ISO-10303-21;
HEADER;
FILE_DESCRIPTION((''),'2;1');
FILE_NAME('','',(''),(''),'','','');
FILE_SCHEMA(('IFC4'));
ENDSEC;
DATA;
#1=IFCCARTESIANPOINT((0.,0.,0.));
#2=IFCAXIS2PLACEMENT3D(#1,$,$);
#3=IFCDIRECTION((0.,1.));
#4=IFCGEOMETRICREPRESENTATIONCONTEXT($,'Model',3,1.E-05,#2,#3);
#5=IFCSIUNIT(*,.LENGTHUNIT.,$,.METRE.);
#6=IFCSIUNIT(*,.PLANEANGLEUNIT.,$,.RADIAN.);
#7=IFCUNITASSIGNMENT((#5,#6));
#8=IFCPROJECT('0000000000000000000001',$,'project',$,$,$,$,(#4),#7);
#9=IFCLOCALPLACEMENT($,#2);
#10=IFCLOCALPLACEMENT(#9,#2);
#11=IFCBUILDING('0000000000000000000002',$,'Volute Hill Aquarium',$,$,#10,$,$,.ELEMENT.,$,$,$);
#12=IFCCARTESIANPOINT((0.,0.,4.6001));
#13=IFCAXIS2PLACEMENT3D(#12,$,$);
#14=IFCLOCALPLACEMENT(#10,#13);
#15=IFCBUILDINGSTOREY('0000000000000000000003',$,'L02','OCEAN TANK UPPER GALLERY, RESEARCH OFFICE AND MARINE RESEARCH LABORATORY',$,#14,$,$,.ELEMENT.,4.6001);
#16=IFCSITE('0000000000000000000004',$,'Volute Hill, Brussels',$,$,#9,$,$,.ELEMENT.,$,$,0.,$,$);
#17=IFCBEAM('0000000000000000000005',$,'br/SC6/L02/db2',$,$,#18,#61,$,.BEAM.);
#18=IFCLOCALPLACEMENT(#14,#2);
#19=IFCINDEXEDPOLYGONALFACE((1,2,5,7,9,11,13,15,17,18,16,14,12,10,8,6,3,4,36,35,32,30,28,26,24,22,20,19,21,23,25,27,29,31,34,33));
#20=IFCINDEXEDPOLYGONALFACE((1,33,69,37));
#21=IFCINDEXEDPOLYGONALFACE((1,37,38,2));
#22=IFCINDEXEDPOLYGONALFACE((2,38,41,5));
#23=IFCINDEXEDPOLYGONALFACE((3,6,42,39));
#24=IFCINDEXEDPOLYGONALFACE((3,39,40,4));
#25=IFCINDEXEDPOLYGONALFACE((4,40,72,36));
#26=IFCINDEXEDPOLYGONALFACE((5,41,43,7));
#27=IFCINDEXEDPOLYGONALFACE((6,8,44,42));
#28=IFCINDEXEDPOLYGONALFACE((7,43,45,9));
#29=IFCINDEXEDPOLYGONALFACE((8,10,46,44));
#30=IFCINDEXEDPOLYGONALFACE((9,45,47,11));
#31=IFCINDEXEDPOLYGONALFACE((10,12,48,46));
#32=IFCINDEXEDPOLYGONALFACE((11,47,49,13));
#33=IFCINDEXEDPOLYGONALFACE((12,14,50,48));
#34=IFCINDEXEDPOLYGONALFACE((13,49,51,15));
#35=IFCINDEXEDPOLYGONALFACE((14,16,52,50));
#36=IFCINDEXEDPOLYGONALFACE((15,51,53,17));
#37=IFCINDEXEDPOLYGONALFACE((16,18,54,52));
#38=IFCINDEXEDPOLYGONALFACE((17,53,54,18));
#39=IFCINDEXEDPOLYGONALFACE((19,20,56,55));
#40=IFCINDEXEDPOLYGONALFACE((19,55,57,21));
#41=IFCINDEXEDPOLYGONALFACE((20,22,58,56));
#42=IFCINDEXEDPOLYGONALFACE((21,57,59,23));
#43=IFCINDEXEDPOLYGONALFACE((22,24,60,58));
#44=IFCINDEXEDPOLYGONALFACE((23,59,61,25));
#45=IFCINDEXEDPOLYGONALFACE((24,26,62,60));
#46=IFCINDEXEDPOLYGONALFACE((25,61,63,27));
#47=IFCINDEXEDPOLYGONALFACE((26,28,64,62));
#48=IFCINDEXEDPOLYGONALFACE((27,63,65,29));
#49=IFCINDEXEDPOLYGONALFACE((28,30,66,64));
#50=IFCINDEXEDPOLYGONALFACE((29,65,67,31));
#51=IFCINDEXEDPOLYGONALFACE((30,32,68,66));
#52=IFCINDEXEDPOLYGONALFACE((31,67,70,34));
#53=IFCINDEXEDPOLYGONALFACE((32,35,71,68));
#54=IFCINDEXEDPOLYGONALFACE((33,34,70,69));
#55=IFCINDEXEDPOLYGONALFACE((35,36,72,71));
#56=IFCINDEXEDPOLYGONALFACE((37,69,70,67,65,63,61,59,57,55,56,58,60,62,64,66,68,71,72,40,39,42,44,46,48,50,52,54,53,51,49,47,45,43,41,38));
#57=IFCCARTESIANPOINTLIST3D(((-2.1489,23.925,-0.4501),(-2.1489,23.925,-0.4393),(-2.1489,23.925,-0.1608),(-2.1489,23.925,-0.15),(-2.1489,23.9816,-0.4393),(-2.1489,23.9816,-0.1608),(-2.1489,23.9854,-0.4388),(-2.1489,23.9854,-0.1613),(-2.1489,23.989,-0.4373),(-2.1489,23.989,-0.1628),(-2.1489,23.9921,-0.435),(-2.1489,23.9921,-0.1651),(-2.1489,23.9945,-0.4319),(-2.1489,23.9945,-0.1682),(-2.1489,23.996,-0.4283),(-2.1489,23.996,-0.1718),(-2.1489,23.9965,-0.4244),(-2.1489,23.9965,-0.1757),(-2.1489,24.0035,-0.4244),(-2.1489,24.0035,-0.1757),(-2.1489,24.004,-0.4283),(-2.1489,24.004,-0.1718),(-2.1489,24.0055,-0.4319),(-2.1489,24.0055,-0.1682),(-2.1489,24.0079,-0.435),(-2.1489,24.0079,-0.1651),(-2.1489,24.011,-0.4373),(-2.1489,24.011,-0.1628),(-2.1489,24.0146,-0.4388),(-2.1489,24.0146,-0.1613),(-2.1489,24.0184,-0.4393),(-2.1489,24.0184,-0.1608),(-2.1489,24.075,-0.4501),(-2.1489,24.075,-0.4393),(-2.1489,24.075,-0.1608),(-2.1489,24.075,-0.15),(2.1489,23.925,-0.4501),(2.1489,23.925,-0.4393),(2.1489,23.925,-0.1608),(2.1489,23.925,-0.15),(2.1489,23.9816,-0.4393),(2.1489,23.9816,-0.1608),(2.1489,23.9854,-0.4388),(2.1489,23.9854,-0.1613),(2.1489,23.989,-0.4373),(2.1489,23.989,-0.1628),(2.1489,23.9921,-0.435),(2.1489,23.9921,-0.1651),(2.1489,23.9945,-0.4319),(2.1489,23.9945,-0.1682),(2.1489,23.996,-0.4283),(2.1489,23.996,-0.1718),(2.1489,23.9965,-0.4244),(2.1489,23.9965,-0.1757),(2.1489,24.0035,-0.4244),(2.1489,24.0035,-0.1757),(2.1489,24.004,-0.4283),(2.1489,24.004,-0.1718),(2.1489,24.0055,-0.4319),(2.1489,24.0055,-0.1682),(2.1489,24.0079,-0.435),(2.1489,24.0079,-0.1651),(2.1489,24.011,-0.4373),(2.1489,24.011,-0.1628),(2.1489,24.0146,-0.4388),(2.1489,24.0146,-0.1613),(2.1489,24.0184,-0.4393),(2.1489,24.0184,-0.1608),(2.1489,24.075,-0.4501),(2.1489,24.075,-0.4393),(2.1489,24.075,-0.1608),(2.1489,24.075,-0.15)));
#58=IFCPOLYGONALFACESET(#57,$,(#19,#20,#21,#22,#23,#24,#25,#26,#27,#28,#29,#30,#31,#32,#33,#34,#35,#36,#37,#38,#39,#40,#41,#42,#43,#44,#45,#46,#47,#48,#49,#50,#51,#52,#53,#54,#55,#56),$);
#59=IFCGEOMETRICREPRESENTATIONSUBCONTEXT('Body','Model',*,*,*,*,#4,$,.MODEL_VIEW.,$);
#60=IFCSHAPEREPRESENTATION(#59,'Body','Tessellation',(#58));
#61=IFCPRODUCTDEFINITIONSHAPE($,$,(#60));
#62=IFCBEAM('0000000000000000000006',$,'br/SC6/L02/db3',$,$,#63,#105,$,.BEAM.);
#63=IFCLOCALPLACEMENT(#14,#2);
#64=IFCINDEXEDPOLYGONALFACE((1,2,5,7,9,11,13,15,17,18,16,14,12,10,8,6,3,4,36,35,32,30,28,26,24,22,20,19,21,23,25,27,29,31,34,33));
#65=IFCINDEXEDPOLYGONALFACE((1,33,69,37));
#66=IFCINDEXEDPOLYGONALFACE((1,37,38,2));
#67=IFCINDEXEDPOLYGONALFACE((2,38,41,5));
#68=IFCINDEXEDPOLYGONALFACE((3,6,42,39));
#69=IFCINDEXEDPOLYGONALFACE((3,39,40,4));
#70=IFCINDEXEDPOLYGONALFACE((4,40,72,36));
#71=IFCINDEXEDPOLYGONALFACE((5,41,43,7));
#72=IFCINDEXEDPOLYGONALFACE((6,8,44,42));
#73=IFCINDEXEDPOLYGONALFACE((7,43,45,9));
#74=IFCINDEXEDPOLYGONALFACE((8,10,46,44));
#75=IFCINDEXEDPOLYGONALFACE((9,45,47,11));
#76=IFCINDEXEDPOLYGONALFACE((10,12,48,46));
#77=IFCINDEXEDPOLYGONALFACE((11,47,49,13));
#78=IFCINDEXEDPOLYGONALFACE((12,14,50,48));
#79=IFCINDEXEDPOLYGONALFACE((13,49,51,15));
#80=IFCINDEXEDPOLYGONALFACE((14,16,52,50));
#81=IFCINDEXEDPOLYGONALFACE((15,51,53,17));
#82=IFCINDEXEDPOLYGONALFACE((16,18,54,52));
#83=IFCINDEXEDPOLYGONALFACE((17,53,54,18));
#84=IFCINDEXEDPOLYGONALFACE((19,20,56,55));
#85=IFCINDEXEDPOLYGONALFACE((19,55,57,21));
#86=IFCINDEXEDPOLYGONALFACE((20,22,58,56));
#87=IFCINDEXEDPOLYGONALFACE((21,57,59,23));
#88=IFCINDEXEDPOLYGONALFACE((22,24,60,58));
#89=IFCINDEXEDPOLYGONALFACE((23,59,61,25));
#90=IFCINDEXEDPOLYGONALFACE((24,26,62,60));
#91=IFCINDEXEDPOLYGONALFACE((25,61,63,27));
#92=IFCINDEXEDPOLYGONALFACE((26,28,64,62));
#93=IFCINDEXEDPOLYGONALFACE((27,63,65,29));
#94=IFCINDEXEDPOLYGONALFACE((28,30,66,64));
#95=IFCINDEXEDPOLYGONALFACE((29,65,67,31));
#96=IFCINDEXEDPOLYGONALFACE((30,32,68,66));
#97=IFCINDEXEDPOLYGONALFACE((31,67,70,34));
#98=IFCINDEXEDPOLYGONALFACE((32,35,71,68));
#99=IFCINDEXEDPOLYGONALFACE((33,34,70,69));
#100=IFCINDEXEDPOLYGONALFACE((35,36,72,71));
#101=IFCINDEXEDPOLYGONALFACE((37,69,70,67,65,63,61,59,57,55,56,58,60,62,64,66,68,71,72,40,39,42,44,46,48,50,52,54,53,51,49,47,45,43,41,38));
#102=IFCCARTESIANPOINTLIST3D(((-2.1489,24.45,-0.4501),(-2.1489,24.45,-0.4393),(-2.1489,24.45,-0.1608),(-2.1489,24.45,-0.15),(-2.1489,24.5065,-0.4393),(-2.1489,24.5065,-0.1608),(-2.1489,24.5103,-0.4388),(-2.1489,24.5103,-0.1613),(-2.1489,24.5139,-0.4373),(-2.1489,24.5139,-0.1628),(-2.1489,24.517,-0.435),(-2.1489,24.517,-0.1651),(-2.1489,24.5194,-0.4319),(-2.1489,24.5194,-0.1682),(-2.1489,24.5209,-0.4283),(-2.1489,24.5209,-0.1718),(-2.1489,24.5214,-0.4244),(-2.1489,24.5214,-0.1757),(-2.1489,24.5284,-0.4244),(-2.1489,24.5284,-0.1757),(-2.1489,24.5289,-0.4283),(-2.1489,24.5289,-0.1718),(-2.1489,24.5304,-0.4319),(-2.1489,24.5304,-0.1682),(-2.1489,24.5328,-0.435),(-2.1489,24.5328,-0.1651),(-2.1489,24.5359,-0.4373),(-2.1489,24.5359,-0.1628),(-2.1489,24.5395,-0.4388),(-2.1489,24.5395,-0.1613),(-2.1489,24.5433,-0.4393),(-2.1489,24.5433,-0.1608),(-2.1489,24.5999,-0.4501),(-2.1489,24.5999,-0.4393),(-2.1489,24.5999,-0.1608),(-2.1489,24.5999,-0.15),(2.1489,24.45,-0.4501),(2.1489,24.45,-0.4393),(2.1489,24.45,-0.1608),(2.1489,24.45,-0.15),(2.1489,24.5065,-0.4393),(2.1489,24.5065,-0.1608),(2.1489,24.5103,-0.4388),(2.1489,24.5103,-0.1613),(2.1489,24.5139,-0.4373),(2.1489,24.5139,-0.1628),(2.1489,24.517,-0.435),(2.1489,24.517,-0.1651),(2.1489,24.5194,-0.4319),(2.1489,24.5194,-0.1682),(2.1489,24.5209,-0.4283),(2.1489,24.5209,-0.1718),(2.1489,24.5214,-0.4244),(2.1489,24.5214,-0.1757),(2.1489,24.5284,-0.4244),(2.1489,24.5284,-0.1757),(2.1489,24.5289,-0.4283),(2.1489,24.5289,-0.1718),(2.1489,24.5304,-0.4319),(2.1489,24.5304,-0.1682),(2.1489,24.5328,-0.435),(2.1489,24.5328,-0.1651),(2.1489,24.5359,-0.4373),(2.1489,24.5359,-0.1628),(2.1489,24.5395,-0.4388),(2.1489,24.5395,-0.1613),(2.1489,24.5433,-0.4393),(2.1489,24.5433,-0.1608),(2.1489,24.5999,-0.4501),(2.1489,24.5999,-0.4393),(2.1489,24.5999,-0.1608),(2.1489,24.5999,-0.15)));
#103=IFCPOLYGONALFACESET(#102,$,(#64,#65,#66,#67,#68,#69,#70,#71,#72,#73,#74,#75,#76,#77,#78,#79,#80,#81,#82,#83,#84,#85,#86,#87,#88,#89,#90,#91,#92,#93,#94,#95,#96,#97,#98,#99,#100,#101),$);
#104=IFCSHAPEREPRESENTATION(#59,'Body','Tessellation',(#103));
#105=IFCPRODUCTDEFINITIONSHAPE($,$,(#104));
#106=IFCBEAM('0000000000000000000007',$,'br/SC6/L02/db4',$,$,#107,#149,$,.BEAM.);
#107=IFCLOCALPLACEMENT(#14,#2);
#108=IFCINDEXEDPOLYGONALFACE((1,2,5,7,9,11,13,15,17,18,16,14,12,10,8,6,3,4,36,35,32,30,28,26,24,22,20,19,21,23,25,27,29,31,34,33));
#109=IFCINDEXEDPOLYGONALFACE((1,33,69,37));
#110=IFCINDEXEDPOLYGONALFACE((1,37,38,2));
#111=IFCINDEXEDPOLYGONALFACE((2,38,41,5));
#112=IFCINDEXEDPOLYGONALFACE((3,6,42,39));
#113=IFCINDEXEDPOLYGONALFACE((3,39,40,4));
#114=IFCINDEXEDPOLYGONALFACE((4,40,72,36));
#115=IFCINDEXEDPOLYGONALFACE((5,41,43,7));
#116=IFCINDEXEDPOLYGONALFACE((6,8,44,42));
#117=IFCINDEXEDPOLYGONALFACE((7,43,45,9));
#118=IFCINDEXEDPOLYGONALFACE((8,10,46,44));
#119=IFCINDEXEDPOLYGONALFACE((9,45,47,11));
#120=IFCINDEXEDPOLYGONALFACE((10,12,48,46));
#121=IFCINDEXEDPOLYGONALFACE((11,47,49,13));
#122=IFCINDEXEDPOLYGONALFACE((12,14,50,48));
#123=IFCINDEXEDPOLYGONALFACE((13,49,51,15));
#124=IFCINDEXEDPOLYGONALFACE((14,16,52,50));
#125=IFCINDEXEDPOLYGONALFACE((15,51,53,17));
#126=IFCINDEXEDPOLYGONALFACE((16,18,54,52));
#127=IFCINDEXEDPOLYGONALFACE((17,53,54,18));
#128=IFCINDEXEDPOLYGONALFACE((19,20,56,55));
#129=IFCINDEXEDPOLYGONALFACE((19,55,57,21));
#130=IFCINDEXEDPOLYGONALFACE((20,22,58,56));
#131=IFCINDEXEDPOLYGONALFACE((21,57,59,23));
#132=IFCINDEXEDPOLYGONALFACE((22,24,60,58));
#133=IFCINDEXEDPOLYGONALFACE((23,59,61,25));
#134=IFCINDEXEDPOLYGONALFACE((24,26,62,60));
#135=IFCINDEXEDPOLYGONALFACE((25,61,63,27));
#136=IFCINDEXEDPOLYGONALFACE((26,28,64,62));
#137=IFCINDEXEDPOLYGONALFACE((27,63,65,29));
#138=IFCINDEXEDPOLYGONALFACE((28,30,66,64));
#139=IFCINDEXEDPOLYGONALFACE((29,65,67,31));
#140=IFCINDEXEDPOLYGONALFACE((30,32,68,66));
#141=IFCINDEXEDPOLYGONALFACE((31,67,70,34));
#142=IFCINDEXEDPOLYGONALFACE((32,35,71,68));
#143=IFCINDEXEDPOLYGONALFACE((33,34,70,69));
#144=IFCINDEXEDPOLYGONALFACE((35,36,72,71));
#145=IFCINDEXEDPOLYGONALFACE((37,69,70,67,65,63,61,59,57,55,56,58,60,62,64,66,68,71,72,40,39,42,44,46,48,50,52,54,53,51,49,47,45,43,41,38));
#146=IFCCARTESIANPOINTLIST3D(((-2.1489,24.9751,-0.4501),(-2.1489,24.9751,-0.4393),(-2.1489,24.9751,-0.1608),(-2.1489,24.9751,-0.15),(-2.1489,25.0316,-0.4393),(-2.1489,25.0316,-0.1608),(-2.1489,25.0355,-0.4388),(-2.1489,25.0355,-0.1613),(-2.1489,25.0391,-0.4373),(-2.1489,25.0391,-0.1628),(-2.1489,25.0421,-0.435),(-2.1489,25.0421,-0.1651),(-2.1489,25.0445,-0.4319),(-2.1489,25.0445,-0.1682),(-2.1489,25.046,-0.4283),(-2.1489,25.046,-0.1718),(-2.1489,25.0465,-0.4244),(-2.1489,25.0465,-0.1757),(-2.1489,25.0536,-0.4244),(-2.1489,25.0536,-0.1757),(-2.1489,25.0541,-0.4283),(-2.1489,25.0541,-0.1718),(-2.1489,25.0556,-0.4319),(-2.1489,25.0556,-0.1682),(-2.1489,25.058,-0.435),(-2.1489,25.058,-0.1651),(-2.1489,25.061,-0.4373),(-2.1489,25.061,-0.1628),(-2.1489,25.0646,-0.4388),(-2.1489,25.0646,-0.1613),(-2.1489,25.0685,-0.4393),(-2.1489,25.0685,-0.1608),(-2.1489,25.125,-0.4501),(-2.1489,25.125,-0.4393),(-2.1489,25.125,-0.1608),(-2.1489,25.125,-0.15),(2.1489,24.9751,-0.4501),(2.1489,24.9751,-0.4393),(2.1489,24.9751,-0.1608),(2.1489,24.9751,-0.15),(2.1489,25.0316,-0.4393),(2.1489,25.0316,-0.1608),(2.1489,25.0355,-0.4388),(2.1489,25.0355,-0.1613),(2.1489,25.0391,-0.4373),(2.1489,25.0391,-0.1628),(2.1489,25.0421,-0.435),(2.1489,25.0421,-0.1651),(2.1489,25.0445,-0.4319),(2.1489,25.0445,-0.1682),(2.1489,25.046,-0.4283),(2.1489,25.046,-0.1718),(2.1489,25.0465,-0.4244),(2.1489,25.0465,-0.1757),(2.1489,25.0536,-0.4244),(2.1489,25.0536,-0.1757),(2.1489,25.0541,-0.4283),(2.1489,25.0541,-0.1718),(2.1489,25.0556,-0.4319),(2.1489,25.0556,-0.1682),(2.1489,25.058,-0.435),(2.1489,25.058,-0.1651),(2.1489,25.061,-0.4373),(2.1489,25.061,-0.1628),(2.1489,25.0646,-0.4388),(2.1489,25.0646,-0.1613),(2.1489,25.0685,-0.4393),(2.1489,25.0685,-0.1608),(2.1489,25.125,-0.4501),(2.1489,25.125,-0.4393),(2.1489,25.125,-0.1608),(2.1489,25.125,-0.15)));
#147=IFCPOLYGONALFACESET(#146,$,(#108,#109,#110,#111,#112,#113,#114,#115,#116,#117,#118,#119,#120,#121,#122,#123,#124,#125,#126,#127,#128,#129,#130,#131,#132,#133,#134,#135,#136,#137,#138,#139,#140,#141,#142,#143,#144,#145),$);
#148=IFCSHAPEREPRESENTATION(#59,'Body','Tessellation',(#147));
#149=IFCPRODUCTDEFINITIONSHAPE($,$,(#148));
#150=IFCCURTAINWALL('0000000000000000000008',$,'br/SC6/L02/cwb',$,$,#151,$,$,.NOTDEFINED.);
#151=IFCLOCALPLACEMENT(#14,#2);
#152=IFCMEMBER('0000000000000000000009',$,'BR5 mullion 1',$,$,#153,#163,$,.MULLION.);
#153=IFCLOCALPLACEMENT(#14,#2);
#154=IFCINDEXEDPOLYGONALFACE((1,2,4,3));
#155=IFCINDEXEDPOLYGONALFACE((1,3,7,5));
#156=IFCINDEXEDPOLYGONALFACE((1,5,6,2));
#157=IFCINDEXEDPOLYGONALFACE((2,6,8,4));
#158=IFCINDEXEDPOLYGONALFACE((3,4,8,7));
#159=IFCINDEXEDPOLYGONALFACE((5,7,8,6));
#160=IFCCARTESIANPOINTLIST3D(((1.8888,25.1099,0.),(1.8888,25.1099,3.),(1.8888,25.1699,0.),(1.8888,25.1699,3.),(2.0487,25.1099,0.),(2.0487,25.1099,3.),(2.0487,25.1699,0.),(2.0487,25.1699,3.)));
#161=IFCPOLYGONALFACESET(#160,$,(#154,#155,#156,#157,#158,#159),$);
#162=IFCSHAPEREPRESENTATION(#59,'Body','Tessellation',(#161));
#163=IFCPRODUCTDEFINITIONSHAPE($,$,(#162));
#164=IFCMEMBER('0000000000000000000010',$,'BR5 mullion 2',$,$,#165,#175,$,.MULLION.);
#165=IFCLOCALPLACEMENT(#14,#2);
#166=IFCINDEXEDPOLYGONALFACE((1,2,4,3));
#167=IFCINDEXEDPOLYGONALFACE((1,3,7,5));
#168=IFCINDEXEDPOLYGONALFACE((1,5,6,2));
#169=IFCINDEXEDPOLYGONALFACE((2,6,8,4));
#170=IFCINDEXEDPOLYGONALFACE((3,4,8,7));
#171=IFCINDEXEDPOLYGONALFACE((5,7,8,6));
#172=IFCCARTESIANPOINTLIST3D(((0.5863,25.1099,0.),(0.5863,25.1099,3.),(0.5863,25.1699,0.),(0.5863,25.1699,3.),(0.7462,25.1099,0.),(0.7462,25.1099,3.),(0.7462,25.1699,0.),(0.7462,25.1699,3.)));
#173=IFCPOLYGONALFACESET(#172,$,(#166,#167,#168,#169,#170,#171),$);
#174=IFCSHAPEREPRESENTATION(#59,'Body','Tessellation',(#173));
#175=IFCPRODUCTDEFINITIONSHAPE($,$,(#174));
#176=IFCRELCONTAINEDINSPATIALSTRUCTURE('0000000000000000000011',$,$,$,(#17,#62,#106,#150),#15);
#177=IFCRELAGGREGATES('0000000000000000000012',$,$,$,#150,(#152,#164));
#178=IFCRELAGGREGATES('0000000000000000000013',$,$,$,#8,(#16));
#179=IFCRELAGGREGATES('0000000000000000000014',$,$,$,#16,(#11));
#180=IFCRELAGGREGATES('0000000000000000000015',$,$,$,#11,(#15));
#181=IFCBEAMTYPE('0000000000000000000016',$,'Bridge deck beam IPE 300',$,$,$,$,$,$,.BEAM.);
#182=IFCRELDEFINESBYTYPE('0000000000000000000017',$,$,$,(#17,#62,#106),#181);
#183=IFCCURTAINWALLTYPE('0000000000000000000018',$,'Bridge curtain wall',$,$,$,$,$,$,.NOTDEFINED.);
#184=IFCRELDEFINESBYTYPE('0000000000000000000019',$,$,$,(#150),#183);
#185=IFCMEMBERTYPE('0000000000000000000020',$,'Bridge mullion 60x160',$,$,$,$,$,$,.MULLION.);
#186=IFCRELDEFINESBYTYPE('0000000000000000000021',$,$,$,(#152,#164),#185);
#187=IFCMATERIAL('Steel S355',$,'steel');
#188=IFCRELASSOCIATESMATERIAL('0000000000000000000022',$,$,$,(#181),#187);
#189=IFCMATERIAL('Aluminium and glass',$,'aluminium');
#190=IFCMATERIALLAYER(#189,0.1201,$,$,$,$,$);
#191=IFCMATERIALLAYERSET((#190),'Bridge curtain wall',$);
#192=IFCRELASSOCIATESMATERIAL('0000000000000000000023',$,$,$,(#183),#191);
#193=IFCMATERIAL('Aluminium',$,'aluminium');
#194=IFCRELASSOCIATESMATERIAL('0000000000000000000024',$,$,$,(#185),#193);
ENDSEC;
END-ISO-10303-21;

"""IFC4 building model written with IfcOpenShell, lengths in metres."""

from ifc_helpers import new_model, si_unit, direction, frame, origin, origin_2d, place, context, subcontext, project, spatial, rectangle, i_section, extrude, material, layer, layer_set, material_profile, profile_set, type_object, element, aggregate, save


model = new_model("IFC4")

# Units and contexts
model_context = context("Model", 3, precision=1e-05, world=origin(), true_north=direction((0.0, 1.0)))
body_context = subcontext(model_context, "Body", "Model", "MODEL_VIEW")
ifc_project = project(units=[si_unit("LENGTHUNIT", "METRE"), si_unit("PLANEANGLEUNIT", "RADIAN")], contexts=[model_context])

# Site, building, storey
site_placement = place(None, origin())
site = spatial("IfcSite", under=ifc_project, at=site_placement, Name="Volute Hill, Brussels", CompositionType="ELEMENT", RefElevation=0.0)
building_placement = place(site_placement, origin())
building = spatial("IfcBuilding", under=site, at=building_placement, Name="Volute Hill Aquarium", CompositionType="ELEMENT")
storey_placement = place(building_placement, frame((0.0, 0.0, 4.6001)))
storey = spatial("IfcBuildingStorey", under=building, at=storey_placement, Name="L02", Description="OCEAN TANK UPPER GALLERY, RESEARCH OFFICE AND MARINE RESEARCH LABORATORY", CompositionType="ELEMENT", Elevation=4.6001)

# Beams
ifc_material_1 = material(Name="Steel S355", Category="steel")
ifc_material_profile_1 = material_profile(ifc_material_1, i_section(OverallWidth=0.1499, OverallDepth=0.3, WebThickness=0.0071, FlangeThickness=0.0107, FilletRadius=0.0149, at=origin_2d()), Name="IPE 300")
ifc_profile_set_1 = profile_set([ifc_material_profile_1], Name="Steel S355")
beam_type_1 = type_object("IfcBeamType", Name="Bridge deck beam IPE 300", PredefinedType="BEAM", material=ifc_profile_set_1)
for number, where, z_axis, x_axis, name in (
    (1, (2.1489, 24.0, -0.3), (-1.0, 0.0, 0.0), (0.0, -1.0, 0.0), "br/SC6/L02/db2"),
    (2, (2.1489, 24.5249, -0.3), (-1.0, 0.0, 0.0), (0.0, -1.0, 0.0), "br/SC6/L02/db3"),
    (3, (2.1489, 25.05, -0.3), (-1.0, 0.0, 0.0), (0.0, -1.0, 0.0), "br/SC6/L02/db4"),
):
    element("IfcBeam", number, at=place(storey_placement, frame(where, z_axis=z_axis, x_axis=x_axis)), inside=storey, type_object=beam_type_1, Name=name, PredefinedType="BEAM", context=body_context, shape_type="SweptSolid", body=[
        extrude(i_section(OverallWidth=0.1499, OverallDepth=0.3, WebThickness=0.0071, FlangeThickness=0.0107, FilletRadius=0.0149, at=origin_2d()), origin(), (0.0, 0.0, 1.0), 4.2979),
    ])

# Curtain wall, members
ifc_material_2 = material(Name="Aluminium and glass", Category="aluminium")
ifc_layer_1 = layer(ifc_material_2, 0.1201)
ifc_layer_set_1 = layer_set([ifc_layer_1], Name="Bridge curtain wall")
curtain_wall_type = type_object("IfcCurtainWallType", Name="Bridge curtain wall", PredefinedType="NOTDEFINED", material=ifc_layer_set_1)
curtain_wall_placement = place(storey_placement, origin())
curtain_wall = element("IfcCurtainWall", 4, at=curtain_wall_placement, inside=storey, type_object=curtain_wall_type, Name="br/SC6/L02/cwb", PredefinedType="NOTDEFINED")
ifc_material_3 = material(Name="Aluminium", Category="aluminium")
ifc_material_profile_2 = material_profile(ifc_material_3, rectangle(XDim=0.0601, YDim=0.1599, at=origin_2d()), Name="Aluminium mullion 60x160")
ifc_profile_set_2 = profile_set([ifc_material_profile_2], Name="Aluminium")
member_type_1 = type_object("IfcMemberType", Name="Bridge mullion 60x160", PredefinedType="MULLION", material=ifc_profile_set_2)
member_1_placement = place(storey_placement, frame((1.9688, 25.1399, 0.0), z_axis=(0.0, 0.0, 1.0), x_axis=(0.0, -1.0, 0.0)))
member_1 = element("IfcMember", 5, at=member_1_placement, type_object=member_type_1, Name="BR5 mullion 1", PredefinedType="MULLION", context=body_context, shape_type="SweptSolid", body=[
    extrude(rectangle(XDim=0.0601, YDim=0.1599, at=origin_2d()), origin(), (0.0, 0.0, 1.0), 3.0),
])
member_2_placement = place(storey_placement, frame((0.6663, 25.1399, 0.0), z_axis=(0.0, 0.0, 1.0), x_axis=(0.0, -1.0, 0.0)))
member_2 = element("IfcMember", 6, at=member_2_placement, type_object=member_type_1, Name="BR5 mullion 2", PredefinedType="MULLION", context=body_context, shape_type="SweptSolid", body=[
    extrude(rectangle(XDim=0.0601, YDim=0.1599, at=origin_2d()), origin(), (0.0, 0.0, 1.0), 3.0),
])

aggregate(curtain_wall, [member_1, member_2])

save(model, "model.ifc")
